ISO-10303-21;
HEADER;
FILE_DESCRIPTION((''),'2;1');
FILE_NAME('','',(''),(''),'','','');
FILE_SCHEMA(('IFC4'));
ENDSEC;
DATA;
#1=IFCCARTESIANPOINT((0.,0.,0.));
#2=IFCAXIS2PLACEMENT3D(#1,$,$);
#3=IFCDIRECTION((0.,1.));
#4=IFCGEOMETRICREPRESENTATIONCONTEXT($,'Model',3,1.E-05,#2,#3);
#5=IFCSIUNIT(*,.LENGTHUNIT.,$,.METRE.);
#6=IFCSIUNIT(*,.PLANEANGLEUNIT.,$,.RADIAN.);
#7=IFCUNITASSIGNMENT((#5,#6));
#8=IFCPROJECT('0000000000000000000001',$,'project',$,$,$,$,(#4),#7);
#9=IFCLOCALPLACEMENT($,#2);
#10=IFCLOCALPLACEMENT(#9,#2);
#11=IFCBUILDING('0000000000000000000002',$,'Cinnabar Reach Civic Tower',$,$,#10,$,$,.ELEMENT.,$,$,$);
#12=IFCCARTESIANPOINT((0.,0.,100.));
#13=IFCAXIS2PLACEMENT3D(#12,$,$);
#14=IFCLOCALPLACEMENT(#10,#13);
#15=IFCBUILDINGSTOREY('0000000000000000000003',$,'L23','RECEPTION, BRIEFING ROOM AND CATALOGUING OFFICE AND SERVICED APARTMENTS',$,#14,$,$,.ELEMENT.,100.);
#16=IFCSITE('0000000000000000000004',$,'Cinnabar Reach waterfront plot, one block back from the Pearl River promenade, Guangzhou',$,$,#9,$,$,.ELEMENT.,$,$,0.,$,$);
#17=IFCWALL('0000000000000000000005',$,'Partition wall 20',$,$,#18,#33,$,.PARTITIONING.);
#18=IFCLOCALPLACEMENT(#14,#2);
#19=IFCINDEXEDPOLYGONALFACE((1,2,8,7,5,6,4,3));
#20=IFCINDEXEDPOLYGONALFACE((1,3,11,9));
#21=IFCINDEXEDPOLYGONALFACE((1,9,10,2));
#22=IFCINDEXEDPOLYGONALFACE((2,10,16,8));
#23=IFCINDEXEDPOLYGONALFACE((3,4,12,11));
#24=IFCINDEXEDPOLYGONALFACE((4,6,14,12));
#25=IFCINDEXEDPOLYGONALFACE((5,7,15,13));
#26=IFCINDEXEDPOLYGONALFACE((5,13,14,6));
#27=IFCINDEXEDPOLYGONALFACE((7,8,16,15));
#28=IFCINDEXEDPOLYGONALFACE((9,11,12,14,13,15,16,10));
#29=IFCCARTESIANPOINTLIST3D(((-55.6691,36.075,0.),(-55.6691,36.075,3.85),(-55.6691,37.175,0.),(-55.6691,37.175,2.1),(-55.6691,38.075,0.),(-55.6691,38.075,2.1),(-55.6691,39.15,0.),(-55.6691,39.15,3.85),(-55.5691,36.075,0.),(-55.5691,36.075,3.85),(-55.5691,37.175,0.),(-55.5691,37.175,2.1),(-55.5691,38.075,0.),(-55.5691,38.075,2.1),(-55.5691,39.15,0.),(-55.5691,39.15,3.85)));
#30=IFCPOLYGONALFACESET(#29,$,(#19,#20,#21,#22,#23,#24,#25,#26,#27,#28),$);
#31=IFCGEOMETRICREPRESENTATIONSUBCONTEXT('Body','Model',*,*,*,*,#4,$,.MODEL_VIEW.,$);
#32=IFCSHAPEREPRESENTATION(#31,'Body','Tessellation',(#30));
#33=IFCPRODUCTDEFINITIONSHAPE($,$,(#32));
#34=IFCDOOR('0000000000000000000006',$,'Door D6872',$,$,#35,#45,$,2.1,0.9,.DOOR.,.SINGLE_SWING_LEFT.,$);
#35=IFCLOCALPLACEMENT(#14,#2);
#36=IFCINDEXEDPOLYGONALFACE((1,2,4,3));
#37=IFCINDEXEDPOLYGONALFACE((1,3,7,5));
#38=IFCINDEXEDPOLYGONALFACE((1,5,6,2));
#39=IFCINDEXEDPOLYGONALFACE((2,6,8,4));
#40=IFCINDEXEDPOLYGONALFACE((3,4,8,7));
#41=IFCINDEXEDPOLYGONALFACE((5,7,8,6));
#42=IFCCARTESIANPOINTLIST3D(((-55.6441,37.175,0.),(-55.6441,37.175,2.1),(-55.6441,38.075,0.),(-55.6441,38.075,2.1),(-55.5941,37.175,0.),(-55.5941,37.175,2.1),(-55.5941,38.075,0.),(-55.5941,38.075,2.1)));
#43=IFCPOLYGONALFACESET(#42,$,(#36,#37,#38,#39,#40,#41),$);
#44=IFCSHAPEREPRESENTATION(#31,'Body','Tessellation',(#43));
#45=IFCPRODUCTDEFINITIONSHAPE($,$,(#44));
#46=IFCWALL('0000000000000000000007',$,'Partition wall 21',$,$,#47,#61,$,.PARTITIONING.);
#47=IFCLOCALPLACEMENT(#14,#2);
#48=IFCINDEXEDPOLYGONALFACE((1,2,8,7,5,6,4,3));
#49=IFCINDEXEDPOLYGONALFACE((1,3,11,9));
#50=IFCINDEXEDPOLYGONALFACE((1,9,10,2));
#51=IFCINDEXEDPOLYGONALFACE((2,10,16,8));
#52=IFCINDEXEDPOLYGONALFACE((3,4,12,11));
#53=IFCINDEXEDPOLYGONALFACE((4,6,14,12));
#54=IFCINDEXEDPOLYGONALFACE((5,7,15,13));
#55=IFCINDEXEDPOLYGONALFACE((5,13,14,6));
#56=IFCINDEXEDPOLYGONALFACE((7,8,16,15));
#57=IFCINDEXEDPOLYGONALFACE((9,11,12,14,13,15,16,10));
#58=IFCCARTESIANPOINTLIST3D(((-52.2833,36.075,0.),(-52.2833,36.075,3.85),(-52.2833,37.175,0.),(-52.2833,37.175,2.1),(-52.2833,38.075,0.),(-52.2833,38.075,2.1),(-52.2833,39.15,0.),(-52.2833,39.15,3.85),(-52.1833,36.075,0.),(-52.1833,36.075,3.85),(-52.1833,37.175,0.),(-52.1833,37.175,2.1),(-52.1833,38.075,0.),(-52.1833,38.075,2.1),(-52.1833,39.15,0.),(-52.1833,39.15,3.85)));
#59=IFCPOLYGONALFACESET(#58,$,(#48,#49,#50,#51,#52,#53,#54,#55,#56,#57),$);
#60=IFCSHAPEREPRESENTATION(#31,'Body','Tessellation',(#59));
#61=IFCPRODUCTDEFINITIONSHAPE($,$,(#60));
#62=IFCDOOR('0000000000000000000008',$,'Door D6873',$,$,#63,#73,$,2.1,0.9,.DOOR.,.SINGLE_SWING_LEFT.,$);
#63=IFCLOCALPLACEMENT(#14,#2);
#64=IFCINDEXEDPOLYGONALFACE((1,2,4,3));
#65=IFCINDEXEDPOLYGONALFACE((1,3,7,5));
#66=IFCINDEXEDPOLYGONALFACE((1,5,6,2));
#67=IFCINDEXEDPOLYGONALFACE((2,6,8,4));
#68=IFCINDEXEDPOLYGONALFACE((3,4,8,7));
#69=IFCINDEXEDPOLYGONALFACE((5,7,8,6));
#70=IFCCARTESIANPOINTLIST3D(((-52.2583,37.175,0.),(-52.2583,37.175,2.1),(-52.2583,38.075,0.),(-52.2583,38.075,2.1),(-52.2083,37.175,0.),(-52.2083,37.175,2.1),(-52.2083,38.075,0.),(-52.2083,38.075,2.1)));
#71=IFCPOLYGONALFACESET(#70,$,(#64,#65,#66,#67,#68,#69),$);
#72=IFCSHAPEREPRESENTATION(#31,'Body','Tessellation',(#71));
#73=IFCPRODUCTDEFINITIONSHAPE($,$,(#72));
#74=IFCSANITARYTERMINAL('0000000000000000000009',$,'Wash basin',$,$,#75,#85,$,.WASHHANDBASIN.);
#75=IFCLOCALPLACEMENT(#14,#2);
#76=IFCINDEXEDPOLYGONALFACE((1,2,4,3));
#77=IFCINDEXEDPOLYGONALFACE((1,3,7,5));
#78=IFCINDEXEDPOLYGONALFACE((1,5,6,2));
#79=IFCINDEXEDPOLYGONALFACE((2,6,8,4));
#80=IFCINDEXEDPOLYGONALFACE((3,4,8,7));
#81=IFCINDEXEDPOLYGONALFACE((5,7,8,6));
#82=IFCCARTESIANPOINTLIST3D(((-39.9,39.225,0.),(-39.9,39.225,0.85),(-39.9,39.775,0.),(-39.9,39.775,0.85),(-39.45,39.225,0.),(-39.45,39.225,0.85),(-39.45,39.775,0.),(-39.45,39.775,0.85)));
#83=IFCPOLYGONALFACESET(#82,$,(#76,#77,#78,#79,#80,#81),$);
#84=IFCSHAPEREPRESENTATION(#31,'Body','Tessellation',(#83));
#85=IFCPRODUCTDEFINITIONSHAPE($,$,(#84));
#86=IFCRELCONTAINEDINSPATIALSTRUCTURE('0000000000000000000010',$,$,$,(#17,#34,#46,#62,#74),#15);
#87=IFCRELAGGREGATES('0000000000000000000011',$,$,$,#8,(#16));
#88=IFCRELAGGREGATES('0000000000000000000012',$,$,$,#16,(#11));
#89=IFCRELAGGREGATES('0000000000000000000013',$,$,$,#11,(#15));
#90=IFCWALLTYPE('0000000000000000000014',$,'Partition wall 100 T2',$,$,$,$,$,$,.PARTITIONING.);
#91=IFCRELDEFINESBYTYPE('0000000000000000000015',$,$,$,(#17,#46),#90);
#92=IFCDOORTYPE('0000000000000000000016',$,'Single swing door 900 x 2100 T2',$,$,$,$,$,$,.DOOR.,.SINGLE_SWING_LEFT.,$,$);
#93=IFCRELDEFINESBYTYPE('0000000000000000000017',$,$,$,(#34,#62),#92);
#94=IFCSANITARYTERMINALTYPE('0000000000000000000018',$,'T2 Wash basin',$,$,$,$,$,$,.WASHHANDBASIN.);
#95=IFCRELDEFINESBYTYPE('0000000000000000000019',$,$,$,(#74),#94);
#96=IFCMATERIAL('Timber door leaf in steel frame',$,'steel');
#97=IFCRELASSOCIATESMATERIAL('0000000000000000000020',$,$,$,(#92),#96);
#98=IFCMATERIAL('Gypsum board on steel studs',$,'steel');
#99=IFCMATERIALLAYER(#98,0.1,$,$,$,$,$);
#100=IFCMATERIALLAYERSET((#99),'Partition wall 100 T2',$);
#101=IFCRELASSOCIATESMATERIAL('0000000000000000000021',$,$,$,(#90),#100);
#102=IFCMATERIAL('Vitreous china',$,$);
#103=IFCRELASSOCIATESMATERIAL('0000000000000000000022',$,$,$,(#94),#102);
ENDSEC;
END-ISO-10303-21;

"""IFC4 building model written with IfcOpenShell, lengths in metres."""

from ifc_helpers import new_model, si_unit, direction, frame, frame_2d, origin, origin_2d, place, context, subcontext, project, spatial, rectangle, extrude, material, layer, layer_set, type_object, element, fill, save


model = new_model("IFC4")

# Units and contexts
model_context = context("Model", 3, precision=1e-05, world=origin(), true_north=direction((0.0, 1.0)))
body_context = subcontext(model_context, "Body", "Model", "MODEL_VIEW")
ifc_project = project(units=[si_unit("LENGTHUNIT", "METRE"), si_unit("PLANEANGLEUNIT", "RADIAN")], contexts=[model_context])

# Site, building, storey
site_placement = place(None, origin())
site = spatial("IfcSite", under=ifc_project, at=site_placement, Name="Cinnabar Reach waterfront plot, one block back from the Pearl River promenade, Guangzhou", CompositionType="ELEMENT", RefElevation=0.0)
building_placement = place(site_placement, origin())
building = spatial("IfcBuilding", under=site, at=building_placement, Name="Cinnabar Reach Civic Tower", CompositionType="ELEMENT")
storey_placement = place(building_placement, frame((0.0, 0.0, 100.0)))
storey = spatial("IfcBuildingStorey", under=building, at=storey_placement, Name="L23", Description="RECEPTION, BRIEFING ROOM AND CATALOGUING OFFICE AND SERVICED APARTMENTS", CompositionType="ELEMENT", Elevation=100.0)

# Shared definitions
ifc_material_1 = material(Name="Timber door leaf in steel frame", Category="steel")
door_type_1 = type_object("IfcDoorType", Name="Single swing door 900 x 2100 T2", OperationType="SINGLE_SWING_LEFT", PredefinedType="DOOR", material=ifc_material_1)

# Shared definitions
ifc_material_2 = material(Name="Gypsum board on steel studs", Category="steel")
ifc_layer_1 = layer(ifc_material_2, 0.1)
ifc_layer_set_1 = layer_set([ifc_layer_1], Name="Partition wall 100 T2")
wall_type_1 = type_object("IfcWallType", Name="Partition wall 100 T2", PredefinedType="PARTITIONING", material=ifc_layer_set_1)

# Walls, openings, doors
wall_1_placement = place(storey_placement, frame((-55.6191, 36.075, 0.0), z_axis=(0.0, 0.0, 1.0), x_axis=(0.0, 1.0, 0.0)))
wall_1 = element("IfcWall", 1, at=wall_1_placement, inside=storey, type_object=wall_type_1, Name="Partition wall 20", PredefinedType="PARTITIONING", context=body_context, shape_type="SweptSolid", body=[
    extrude(rectangle(XDim=3.075, YDim=0.1, at=frame_2d((1.5375, 0.0))), origin(), (0.0, 0.0, 1.0), 3.85),
])
opening_1_placement = place(wall_1_placement, frame((1.1, 0.0, 0.0)))
opening_1 = element("IfcOpeningElement", 2, at=opening_1_placement, cuts=wall_1, PredefinedType="OPENING", context=body_context, shape_type="SweptSolid", body=[
    extrude(rectangle(XDim=0.9, YDim=2.1, at=frame_2d((0.45, 1.05))), frame((0.0, 0.06, 0.0), z_axis=(0.0, -1.0, 0.0), x_axis=(1.0, 0.0, 0.0)), (0.0, 0.0, 1.0), 0.12),
])
door_1_placement = place(opening_1_placement, origin())
door_1 = element("IfcDoor", 3, at=door_1_placement, inside=storey, type_object=door_type_1, Name="Door D6872", OperationType="SINGLE_SWING_LEFT", OverallHeight=2.1, OverallWidth=0.9, PredefinedType="DOOR", context=body_context, shape_type="SweptSolid", body=[
    extrude(rectangle(XDim=0.9, YDim=2.1, at=frame_2d((0.45, 1.05))), frame((0.0, 0.025, 0.0), z_axis=(0.0, -1.0, 0.0), x_axis=(1.0, 0.0, 0.0)), (0.0, 0.0, 1.0), 0.05),
])
fill(opening_1, door_1)
wall_2_placement = place(storey_placement, frame((-52.2333, 36.075, 0.0), z_axis=(0.0, 0.0, 1.0), x_axis=(0.0, 1.0, 0.0)))
wall_2 = element("IfcWall", 4, at=wall_2_placement, inside=storey, type_object=wall_type_1, Name="Partition wall 21", PredefinedType="PARTITIONING", context=body_context, shape_type="SweptSolid", body=[
    extrude(rectangle(XDim=3.075, YDim=0.1, at=frame_2d((1.5375, 0.0))), origin(), (0.0, 0.0, 1.0), 3.85),
])
opening_2_placement = place(wall_2_placement, frame((1.1, 0.0, 0.0)))
opening_2 = element("IfcOpeningElement", 5, at=opening_2_placement, cuts=wall_2, PredefinedType="OPENING", context=body_context, shape_type="SweptSolid", body=[
    extrude(rectangle(XDim=0.9, YDim=2.1, at=frame_2d((0.45, 1.05))), frame((0.0, 0.06, 0.0), z_axis=(0.0, -1.0, 0.0), x_axis=(1.0, 0.0, 0.0)), (0.0, 0.0, 1.0), 0.12),
])
door_2_placement = place(opening_2_placement, origin())
door_2 = element("IfcDoor", 6, at=door_2_placement, inside=storey, type_object=door_type_1, Name="Door D6873", OperationType="SINGLE_SWING_LEFT", OverallHeight=2.1, OverallWidth=0.9, PredefinedType="DOOR", context=body_context, shape_type="SweptSolid", body=[
    extrude(rectangle(XDim=0.9, YDim=2.1, at=frame_2d((0.45, 1.05))), frame((0.0, 0.025, 0.0), z_axis=(0.0, -1.0, 0.0), x_axis=(1.0, 0.0, 0.0)), (0.0, 0.0, 1.0), 0.05),
])
fill(opening_2, door_2)

# Sanitary terminal
ifc_material_3 = material(Name="Vitreous china")
sanitary_terminal_type = type_object("IfcSanitaryTerminalType", Name="T2 Wash basin", PredefinedType="WASHHANDBASIN", material=ifc_material_3)
sanitary_terminal_placement = place(storey_placement, frame((-39.675, 39.5, 0.0), z_axis=(0.0, 0.0, 1.0), x_axis=(1.0, 0.0, 0.0)))
element("IfcSanitaryTerminal", 7, at=sanitary_terminal_placement, inside=storey, type_object=sanitary_terminal_type, Name="Wash basin", PredefinedType="WASHHANDBASIN", context=body_context, shape_type="SweptSolid", body=[
    extrude(rectangle(XDim=0.45, YDim=0.55, at=origin_2d()), origin(), (0.0, 0.0, 1.0), 0.85),
])

save(model, "model.ifc")
